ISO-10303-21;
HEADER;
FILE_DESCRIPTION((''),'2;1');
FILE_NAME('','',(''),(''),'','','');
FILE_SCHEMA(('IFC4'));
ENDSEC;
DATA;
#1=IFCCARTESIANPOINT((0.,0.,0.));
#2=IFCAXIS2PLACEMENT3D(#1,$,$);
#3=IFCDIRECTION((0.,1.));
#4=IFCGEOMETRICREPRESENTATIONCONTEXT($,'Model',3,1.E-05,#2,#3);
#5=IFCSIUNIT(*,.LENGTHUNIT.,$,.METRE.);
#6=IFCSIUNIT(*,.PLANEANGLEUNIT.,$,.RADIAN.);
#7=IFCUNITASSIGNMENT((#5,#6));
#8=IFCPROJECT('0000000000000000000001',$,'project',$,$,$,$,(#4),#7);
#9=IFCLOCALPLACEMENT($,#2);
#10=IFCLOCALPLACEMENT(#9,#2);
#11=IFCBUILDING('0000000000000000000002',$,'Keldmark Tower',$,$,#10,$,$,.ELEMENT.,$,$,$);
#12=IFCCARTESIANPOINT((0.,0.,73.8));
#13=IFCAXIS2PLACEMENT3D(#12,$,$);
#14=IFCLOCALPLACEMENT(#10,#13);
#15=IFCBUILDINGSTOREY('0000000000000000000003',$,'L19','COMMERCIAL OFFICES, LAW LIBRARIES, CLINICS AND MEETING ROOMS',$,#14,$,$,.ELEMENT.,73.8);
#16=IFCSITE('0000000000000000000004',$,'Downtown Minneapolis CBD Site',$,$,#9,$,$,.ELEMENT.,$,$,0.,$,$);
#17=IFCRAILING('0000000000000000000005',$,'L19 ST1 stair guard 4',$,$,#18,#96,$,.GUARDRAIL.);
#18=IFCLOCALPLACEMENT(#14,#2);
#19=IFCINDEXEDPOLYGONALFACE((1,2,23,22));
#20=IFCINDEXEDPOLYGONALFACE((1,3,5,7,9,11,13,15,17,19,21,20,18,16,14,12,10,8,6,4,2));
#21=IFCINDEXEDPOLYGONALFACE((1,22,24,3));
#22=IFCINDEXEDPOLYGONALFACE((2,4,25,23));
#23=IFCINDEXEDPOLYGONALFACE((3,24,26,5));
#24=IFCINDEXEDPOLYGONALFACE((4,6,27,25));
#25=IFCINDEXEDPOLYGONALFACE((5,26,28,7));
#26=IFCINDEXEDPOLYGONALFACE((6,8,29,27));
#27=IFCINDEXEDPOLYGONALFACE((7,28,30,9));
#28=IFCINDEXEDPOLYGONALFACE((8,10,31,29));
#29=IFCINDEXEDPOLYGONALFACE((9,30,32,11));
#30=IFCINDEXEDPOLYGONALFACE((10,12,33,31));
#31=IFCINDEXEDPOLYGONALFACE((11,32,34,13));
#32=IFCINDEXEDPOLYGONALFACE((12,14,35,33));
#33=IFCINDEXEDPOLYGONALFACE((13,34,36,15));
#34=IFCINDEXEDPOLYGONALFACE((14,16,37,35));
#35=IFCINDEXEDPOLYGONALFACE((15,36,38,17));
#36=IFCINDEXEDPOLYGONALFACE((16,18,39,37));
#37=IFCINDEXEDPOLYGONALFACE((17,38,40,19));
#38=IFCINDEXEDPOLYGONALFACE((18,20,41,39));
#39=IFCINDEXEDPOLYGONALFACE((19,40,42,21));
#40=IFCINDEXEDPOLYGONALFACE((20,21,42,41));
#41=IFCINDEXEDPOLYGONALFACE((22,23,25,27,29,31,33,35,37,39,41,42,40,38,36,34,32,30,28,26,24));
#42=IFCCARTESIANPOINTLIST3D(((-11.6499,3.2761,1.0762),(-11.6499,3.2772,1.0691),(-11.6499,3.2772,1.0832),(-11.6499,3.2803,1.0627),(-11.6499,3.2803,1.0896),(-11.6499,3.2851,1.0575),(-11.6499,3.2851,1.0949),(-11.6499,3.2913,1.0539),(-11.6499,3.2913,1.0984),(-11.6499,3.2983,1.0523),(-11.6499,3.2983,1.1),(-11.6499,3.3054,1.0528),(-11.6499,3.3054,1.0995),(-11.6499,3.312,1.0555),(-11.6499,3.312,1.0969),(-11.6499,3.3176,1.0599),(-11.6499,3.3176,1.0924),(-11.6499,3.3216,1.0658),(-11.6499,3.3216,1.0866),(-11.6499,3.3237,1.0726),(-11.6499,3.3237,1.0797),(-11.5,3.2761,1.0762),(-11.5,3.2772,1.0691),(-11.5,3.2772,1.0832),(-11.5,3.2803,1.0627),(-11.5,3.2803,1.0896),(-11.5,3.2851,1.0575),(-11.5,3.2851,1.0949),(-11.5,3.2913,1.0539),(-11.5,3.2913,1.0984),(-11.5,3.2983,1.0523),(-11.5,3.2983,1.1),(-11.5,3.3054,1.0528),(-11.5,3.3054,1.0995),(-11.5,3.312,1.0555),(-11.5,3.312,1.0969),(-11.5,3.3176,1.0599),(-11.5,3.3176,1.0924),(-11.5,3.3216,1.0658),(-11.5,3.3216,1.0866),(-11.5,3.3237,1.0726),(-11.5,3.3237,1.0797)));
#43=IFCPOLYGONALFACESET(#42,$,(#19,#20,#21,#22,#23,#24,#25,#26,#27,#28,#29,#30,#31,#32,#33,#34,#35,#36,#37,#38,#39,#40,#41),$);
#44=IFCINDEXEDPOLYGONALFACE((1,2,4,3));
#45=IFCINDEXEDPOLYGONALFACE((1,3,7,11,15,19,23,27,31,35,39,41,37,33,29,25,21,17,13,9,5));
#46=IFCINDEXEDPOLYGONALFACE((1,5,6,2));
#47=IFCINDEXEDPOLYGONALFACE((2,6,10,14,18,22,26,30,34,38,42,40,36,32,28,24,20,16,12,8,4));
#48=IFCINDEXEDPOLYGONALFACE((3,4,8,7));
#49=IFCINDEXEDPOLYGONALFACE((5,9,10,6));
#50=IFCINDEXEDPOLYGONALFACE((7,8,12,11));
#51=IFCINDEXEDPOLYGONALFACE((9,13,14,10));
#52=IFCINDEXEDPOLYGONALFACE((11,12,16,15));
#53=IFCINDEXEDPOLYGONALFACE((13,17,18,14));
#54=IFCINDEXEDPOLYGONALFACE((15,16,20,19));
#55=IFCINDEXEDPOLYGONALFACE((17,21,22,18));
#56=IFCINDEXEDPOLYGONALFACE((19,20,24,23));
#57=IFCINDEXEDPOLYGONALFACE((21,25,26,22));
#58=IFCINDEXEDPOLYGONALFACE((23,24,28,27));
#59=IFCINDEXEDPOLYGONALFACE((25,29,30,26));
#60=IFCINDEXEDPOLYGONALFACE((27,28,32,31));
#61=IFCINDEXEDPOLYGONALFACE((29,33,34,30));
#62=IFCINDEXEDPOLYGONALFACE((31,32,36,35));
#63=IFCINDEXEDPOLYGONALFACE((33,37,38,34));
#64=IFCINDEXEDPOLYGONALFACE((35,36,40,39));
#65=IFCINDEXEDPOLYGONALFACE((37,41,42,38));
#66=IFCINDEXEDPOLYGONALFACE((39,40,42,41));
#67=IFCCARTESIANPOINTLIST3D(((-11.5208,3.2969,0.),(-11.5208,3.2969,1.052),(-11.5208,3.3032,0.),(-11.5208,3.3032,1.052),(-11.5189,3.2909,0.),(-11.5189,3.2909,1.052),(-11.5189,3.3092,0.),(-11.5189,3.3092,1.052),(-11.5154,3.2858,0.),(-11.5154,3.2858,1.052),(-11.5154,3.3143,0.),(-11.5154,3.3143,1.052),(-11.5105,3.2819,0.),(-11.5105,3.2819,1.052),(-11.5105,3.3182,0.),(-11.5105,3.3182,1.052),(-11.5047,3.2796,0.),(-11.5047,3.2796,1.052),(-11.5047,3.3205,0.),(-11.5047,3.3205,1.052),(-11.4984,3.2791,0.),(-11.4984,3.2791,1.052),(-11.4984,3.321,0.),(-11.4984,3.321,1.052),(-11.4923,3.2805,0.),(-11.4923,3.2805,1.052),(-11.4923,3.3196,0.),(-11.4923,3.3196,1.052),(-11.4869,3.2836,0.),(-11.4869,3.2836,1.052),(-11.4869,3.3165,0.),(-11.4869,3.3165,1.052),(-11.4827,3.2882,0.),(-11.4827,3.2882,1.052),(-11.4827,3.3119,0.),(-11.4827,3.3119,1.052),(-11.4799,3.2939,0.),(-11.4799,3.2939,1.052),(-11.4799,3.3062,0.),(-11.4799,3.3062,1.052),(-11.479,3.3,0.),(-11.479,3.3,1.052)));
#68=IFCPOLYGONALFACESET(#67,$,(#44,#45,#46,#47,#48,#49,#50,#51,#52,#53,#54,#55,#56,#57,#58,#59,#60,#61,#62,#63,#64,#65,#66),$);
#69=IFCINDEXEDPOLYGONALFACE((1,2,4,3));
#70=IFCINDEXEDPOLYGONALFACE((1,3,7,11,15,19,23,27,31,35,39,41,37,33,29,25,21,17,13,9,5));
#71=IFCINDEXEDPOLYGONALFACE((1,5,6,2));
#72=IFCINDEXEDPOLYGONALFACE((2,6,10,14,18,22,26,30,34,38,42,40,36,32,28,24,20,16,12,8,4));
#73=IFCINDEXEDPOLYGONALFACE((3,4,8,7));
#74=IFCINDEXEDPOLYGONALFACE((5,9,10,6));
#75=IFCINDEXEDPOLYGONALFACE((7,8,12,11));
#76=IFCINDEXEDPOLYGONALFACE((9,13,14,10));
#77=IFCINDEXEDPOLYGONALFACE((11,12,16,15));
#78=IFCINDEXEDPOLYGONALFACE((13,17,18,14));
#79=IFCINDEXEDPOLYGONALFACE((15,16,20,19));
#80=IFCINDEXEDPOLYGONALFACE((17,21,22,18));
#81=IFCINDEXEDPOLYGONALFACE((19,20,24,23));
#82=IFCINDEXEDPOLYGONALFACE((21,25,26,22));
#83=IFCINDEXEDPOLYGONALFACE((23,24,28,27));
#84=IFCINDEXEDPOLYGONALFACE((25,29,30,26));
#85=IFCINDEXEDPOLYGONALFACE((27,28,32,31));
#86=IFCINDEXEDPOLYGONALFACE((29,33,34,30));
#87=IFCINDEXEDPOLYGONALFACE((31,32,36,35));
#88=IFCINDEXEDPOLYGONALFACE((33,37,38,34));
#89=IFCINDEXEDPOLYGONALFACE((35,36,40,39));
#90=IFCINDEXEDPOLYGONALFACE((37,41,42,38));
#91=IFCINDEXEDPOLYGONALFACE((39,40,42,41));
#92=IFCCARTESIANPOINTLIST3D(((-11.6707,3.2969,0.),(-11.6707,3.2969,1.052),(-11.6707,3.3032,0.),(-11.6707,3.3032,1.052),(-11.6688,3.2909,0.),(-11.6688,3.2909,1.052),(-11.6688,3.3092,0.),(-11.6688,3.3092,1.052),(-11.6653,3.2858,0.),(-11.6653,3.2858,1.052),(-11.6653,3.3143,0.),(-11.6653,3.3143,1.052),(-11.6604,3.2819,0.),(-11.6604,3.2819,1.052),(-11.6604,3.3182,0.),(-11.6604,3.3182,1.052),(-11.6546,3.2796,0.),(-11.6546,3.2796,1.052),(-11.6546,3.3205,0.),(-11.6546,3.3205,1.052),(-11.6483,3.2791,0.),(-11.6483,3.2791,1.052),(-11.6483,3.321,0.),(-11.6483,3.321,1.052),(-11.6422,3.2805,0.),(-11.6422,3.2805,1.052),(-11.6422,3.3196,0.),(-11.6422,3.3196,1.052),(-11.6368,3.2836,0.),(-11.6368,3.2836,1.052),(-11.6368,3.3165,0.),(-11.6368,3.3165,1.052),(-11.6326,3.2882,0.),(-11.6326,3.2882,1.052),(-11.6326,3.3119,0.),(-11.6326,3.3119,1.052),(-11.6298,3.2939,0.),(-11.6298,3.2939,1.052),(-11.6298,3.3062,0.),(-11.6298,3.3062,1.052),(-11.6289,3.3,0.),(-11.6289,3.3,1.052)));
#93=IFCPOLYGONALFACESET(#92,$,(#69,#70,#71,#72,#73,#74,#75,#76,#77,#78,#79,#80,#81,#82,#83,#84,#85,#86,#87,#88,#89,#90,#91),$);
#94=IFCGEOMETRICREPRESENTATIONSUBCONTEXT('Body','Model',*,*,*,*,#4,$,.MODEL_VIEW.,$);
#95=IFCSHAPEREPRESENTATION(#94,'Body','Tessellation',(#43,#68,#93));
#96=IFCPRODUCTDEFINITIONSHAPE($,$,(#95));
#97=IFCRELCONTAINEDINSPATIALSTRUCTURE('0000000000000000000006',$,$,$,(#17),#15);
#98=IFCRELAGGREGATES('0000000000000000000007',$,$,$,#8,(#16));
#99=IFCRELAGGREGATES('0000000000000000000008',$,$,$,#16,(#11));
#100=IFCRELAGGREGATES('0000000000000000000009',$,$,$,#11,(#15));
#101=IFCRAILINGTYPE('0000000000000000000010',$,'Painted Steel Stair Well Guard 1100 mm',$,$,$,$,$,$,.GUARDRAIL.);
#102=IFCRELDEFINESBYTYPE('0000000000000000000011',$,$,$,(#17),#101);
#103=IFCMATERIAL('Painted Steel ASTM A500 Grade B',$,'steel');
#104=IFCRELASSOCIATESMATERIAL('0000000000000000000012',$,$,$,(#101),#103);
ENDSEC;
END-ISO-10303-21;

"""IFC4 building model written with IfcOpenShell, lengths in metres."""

from ifc_helpers import new_model, si_unit, direction, frame, origin, origin_2d, place, context, subcontext, project, spatial, circle, extrude, material, type_object, element, save


model = new_model("IFC4")

# Units and contexts
model_context = context("Model", 3, precision=1e-05, world=origin(), true_north=direction((0.0, 1.0)))
body_context = subcontext(model_context, "Body", "Model", "MODEL_VIEW")
ifc_project = project(units=[si_unit("LENGTHUNIT", "METRE"), si_unit("PLANEANGLEUNIT", "RADIAN")], contexts=[model_context])

# Site, building, storey
site_placement = place(None, origin())
site = spatial("IfcSite", under=ifc_project, at=site_placement, Name="Downtown Minneapolis CBD Site", CompositionType="ELEMENT", RefElevation=0.0)
building_placement = place(site_placement, origin())
building = spatial("IfcBuilding", under=site, at=building_placement, Name="Keldmark Tower", CompositionType="ELEMENT")
storey_placement = place(building_placement, frame((0.0, 0.0, 73.8)))
storey = spatial("IfcBuildingStorey", under=building, at=storey_placement, Name="L19", Description="COMMERCIAL OFFICES, LAW LIBRARIES, CLINICS AND MEETING ROOMS", CompositionType="ELEMENT", Elevation=73.8)

# Railing
ifc_material_1 = material(Name="Painted Steel ASTM A500 Grade B", Category="steel")
railing_type_1 = type_object("IfcRailingType", Name="Painted Steel Stair Well Guard 1100 mm", PredefinedType="GUARDRAIL", material=ifc_material_1)
railing_1_placement = place(storey_placement, frame((-11.5, 3.3, 0.0)))
element("IfcRailing", 1, at=railing_1_placement, inside=storey, type_object=railing_type_1, Name="L19 ST1 stair guard 4", PredefinedType="GUARDRAIL", context=body_context, shape_type="SweptSolid", body=[
    extrude(circle(Radius=0.0239, at=origin_2d()), frame((0.0, 0.0, 1.0762), z_axis=(-1.0, 0.0, 0.0), x_axis=(0.0, -1.0, 0.0)), (0.0, 0.0, 1.0), 0.1499),
    extrude(circle(Radius=0.021, at=origin_2d()), origin(), (0.0, 0.0, 1.0), 1.052),
    extrude(circle(Radius=0.021, at=origin_2d()), frame((-0.1499, 0.0, 0.0)), (0.0, 0.0, 1.0), 1.052),
])

save(model, "model.ifc")
